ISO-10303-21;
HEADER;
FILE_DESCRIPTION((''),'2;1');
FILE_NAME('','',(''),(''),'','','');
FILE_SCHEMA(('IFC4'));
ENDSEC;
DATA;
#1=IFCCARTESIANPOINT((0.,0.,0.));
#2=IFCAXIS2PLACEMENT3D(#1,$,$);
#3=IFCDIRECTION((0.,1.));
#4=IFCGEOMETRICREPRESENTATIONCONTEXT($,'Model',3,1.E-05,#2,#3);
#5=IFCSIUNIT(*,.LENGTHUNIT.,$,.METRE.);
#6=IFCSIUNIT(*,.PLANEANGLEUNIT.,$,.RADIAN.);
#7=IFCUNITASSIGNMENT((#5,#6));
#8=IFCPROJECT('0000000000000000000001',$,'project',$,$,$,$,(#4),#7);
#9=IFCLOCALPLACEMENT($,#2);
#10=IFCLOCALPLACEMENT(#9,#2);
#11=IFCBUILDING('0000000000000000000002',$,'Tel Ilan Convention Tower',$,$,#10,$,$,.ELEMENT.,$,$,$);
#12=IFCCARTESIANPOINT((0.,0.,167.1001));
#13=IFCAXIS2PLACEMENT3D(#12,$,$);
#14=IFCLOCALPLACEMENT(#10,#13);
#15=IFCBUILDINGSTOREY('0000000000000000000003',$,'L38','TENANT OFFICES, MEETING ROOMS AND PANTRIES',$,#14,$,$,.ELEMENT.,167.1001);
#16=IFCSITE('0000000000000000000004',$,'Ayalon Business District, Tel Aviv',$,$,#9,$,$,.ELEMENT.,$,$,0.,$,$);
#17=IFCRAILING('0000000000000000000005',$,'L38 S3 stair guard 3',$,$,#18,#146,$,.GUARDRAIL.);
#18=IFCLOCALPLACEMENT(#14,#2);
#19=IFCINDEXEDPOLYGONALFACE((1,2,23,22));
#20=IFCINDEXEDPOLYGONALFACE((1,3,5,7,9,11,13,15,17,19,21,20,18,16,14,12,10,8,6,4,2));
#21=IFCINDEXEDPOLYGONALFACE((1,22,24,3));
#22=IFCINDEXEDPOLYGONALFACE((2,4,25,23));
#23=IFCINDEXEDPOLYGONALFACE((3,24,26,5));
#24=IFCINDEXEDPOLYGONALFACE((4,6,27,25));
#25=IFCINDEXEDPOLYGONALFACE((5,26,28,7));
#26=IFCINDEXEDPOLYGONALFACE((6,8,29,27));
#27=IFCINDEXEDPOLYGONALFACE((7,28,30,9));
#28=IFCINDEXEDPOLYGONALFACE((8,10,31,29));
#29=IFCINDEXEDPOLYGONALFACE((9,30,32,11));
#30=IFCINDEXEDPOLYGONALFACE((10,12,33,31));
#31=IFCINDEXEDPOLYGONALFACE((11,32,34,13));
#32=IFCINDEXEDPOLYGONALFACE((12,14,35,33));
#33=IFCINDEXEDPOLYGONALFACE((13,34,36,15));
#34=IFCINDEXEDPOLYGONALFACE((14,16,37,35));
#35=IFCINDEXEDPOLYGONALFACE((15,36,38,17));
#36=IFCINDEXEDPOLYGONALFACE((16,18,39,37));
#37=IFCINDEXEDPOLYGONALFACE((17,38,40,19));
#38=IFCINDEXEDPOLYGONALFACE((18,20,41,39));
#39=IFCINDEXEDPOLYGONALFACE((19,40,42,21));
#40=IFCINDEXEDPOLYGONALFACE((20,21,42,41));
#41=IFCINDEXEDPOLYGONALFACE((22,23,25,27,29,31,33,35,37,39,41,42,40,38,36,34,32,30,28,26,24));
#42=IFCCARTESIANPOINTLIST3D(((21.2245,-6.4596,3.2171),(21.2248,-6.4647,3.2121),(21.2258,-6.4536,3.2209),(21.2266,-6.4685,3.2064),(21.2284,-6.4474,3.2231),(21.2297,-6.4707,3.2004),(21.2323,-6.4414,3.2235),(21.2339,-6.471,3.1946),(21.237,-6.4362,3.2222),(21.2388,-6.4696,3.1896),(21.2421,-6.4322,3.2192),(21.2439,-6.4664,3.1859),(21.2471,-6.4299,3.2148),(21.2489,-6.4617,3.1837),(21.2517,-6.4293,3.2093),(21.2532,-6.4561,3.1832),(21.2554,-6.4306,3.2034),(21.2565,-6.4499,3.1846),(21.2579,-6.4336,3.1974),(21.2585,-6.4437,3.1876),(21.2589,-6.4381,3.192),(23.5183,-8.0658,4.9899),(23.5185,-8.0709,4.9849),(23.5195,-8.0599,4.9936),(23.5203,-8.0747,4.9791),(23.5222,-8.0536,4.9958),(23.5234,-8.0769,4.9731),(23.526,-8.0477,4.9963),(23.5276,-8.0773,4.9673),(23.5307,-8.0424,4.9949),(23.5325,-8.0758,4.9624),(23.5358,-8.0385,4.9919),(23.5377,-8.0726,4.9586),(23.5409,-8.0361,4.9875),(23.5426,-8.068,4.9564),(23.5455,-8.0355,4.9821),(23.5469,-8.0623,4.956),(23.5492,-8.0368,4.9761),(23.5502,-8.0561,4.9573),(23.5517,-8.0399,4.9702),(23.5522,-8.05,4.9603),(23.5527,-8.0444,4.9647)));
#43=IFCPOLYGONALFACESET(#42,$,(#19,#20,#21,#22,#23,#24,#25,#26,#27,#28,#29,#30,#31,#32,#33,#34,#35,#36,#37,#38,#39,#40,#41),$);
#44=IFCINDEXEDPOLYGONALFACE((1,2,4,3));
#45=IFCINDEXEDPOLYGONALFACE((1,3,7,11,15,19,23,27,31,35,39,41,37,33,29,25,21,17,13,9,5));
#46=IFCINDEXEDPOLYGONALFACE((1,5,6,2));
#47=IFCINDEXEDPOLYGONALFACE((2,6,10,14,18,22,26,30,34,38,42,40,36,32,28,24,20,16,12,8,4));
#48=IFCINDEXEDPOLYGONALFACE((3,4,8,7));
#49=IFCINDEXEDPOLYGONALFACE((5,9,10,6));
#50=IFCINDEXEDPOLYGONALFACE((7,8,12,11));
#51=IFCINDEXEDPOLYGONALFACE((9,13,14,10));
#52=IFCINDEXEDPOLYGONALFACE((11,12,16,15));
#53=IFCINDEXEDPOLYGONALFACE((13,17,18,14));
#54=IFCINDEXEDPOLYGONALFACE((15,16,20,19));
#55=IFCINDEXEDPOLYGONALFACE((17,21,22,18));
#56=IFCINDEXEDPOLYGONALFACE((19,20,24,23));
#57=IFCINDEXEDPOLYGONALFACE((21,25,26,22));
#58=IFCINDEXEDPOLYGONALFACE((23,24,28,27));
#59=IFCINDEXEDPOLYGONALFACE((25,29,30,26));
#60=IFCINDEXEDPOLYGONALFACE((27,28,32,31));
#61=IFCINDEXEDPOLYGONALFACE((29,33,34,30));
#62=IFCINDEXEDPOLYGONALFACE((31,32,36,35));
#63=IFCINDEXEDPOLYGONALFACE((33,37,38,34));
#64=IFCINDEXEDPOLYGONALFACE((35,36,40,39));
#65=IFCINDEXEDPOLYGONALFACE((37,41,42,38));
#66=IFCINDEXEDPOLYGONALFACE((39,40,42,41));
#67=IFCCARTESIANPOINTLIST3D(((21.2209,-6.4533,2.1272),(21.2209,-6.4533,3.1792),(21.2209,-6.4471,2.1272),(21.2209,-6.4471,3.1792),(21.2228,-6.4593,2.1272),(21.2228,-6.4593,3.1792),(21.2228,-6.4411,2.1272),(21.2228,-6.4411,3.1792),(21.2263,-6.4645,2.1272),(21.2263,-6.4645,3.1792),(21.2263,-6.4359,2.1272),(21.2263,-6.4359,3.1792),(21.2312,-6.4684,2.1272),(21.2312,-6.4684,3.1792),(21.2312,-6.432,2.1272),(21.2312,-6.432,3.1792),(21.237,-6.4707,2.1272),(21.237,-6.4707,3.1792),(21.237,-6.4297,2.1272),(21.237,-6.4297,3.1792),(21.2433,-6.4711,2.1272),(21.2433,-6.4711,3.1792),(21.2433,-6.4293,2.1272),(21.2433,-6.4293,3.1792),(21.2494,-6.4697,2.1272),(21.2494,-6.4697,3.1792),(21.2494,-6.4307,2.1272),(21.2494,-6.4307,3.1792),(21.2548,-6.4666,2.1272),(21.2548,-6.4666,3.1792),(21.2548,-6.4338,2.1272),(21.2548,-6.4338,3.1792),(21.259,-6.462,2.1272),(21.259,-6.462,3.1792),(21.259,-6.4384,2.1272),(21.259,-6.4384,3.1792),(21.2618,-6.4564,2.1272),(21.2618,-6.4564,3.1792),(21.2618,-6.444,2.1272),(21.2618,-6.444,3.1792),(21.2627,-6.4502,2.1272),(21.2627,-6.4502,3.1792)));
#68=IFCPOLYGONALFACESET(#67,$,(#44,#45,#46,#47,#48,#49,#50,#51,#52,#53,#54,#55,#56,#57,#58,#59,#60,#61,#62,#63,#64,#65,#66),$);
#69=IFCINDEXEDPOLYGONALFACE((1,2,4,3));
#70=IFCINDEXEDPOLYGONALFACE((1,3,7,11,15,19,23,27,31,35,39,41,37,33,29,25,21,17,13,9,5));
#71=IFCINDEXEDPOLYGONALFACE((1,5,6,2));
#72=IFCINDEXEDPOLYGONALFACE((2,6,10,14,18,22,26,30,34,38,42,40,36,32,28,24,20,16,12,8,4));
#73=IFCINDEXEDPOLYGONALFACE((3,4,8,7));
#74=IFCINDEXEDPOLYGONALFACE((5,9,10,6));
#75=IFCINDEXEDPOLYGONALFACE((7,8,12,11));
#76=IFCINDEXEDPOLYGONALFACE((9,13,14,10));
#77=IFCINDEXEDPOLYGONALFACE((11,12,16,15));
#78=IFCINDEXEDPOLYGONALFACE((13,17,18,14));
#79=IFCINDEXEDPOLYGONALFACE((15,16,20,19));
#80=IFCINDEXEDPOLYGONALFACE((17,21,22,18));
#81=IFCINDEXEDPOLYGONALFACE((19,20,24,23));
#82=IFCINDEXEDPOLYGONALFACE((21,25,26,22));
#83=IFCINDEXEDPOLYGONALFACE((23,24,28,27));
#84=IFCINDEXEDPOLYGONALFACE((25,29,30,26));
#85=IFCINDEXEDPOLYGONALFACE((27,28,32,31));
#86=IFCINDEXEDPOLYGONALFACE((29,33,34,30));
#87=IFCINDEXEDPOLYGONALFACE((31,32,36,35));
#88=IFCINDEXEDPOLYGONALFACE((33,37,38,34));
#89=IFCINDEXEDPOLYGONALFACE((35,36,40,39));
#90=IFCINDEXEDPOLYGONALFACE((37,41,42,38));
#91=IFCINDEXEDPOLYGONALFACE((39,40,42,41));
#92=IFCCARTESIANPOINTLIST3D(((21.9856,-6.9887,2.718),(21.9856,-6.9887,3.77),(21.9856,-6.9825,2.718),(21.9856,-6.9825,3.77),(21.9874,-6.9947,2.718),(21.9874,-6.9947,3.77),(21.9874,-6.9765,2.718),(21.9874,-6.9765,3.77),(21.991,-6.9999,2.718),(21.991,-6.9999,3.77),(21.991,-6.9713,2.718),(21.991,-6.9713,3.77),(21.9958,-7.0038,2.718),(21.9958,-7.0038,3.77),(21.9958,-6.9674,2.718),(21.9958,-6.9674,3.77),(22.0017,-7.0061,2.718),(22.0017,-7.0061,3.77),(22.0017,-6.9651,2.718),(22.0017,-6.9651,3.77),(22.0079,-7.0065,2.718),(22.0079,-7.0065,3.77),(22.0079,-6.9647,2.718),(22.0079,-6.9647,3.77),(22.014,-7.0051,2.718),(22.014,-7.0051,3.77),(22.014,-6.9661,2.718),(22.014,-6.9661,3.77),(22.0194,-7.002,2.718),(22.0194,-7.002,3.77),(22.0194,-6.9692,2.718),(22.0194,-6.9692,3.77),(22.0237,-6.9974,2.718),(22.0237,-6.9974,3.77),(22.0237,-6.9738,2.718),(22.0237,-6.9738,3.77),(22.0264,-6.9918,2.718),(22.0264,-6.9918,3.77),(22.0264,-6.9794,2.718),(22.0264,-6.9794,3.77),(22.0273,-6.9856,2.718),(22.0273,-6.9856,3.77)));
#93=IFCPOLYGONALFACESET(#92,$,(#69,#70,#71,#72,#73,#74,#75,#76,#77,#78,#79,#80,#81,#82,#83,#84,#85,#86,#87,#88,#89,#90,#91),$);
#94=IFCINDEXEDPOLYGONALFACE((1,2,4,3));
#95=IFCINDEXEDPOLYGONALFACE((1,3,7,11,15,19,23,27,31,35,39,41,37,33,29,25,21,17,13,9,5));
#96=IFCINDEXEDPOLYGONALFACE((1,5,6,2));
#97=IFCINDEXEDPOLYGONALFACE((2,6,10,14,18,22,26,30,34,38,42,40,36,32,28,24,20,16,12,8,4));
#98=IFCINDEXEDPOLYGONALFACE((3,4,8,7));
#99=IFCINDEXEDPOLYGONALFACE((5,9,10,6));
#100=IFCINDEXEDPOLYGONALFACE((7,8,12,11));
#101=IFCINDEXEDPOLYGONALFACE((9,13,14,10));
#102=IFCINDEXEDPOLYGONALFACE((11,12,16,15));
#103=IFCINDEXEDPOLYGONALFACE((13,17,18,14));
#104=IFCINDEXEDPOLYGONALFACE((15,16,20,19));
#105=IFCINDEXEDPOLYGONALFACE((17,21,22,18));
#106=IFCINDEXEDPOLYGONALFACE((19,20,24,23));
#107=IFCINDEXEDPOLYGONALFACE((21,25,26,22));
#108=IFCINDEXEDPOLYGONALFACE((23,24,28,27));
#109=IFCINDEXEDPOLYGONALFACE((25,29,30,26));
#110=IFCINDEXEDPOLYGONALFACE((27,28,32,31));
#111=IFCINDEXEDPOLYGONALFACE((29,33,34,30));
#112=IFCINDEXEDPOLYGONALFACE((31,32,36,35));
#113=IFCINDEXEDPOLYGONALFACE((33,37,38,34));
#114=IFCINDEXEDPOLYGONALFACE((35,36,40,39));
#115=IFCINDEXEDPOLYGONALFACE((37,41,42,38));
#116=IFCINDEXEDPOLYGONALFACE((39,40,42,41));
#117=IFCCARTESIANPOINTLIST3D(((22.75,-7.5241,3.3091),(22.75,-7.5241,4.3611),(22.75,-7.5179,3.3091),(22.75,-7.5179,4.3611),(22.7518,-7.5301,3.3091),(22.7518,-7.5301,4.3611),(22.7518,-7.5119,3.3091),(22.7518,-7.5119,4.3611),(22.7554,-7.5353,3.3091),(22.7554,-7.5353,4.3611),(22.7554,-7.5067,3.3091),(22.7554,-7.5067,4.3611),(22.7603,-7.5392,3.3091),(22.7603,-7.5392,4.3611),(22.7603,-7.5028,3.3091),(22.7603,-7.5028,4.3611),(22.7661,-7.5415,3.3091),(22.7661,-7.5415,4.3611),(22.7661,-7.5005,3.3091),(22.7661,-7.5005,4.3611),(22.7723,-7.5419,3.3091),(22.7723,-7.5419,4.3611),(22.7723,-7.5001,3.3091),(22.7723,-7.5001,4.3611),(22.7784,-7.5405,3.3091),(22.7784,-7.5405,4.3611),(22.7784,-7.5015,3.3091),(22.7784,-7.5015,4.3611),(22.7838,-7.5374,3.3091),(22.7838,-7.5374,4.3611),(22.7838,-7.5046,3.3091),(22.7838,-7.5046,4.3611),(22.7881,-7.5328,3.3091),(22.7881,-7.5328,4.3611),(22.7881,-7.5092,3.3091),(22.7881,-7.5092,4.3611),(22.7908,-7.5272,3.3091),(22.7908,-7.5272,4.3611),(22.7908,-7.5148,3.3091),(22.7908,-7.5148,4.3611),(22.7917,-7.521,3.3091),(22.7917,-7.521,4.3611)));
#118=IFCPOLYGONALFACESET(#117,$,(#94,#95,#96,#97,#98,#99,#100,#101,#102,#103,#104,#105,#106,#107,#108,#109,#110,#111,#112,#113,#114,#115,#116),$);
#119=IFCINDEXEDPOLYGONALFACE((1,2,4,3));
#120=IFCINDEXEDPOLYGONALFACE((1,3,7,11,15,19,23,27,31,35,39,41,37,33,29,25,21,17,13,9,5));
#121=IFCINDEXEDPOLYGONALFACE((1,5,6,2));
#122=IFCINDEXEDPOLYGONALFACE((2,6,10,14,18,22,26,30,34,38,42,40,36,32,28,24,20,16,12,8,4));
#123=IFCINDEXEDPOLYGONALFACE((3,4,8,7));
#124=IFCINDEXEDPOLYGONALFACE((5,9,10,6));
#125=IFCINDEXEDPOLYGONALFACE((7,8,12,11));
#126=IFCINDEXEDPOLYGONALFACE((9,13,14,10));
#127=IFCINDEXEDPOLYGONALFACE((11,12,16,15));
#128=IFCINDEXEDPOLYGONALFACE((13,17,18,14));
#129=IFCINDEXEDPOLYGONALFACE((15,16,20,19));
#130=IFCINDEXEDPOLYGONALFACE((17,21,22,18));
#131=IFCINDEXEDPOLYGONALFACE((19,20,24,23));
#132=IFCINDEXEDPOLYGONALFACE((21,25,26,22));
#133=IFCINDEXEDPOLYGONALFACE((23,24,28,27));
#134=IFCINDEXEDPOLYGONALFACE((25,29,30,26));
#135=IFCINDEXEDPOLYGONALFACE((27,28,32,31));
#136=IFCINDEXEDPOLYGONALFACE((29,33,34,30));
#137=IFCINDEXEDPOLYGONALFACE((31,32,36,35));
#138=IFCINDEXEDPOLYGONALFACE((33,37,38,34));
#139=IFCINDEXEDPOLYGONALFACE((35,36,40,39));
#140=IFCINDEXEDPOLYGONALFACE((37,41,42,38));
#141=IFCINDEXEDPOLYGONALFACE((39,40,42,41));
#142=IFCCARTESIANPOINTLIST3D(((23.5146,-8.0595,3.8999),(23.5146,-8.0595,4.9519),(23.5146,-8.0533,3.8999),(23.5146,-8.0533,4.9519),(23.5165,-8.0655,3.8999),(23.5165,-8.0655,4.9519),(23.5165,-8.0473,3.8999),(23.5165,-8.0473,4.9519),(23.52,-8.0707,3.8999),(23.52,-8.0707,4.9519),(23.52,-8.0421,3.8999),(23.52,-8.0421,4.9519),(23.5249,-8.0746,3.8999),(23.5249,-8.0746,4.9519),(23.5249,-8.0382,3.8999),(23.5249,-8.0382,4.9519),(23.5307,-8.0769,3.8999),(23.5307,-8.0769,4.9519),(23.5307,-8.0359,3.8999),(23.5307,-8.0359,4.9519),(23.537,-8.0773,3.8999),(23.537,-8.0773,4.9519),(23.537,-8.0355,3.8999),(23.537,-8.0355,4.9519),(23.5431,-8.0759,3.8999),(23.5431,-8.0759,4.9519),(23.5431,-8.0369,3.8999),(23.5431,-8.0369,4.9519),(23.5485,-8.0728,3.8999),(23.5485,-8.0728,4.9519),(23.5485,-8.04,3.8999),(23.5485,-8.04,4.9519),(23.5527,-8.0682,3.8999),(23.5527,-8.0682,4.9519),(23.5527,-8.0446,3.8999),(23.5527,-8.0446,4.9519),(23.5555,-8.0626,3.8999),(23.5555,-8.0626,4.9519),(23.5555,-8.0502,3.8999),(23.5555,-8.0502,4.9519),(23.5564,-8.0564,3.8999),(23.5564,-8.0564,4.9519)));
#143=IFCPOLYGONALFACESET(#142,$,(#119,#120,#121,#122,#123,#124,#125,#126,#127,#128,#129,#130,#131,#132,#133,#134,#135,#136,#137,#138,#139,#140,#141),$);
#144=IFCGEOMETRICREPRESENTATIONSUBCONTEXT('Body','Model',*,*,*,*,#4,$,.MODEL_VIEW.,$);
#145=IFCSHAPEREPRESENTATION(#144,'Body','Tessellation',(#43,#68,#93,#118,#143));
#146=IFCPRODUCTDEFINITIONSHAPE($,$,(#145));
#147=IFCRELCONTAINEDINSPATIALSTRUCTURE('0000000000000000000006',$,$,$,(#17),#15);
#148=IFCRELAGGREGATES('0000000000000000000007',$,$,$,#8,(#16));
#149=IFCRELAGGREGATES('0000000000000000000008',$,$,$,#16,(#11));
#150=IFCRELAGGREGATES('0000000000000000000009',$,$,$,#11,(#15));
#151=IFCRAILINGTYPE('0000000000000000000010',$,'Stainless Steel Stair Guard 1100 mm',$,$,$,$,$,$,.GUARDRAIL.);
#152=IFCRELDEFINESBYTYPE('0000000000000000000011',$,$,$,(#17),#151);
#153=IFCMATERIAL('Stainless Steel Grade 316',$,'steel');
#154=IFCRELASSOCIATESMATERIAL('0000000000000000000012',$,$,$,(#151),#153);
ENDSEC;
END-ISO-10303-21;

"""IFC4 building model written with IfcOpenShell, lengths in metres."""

from ifc_helpers import new_model, si_unit, direction, frame, origin, origin_2d, place, context, subcontext, project, spatial, circle, extrude, material, type_object, element, save


model = new_model("IFC4")

# Units and contexts
model_context = context("Model", 3, precision=1e-05, world=origin(), true_north=direction((0.0, 1.0)))
body_context = subcontext(model_context, "Body", "Model", "MODEL_VIEW")
ifc_project = project(units=[si_unit("LENGTHUNIT", "METRE"), si_unit("PLANEANGLEUNIT", "RADIAN")], contexts=[model_context])

# Site, building, storey
site_placement = place(None, origin())
site = spatial("IfcSite", under=ifc_project, at=site_placement, Name="Ayalon Business District, Tel Aviv", CompositionType="ELEMENT", RefElevation=0.0)
building_placement = place(site_placement, origin())
building = spatial("IfcBuilding", under=site, at=building_placement, Name="Tel Ilan Convention Tower", CompositionType="ELEMENT")
storey_placement = place(building_placement, frame((0.0, 0.0, 167.1001)))
storey = spatial("IfcBuildingStorey", under=building, at=storey_placement, Name="L38", Description="TENANT OFFICES, MEETING ROOMS AND PANTRIES", CompositionType="ELEMENT", Elevation=167.1001)

# Railing
ifc_material_1 = material(Name="Stainless Steel Grade 316", Category="steel")
railing_type_1 = type_object("IfcRailingType", Name="Stainless Steel Stair Guard 1100 mm", PredefinedType="GUARDRAIL", material=ifc_material_1)
railing_1_placement = place(storey_placement, frame((21.2417, -6.4502, 2.1272)))
element("IfcRailing", 1, at=railing_1_placement, inside=storey, type_object=railing_type_1, Name="L38 S3 stair guard 3", PredefinedType="GUARDRAIL", context=body_context, shape_type="SweptSolid", body=[
    extrude(circle(Radius=0.0239, at=origin_2d()), frame((0.0, 0.0, 1.0762), z_axis=(0.692098, -0.484653, 0.534894), x_axis=(0.573609, 0.81913, 0.0)), (0.0, 0.0, 1.0), 3.3142),
    extrude(circle(Radius=0.021, at=origin_2d()), origin(), (0.0, 0.0, 1.0), 1.052),
    extrude(circle(Radius=0.021, at=origin_2d()), frame((0.7646, -0.5354, 0.5908)), (0.0, 0.0, 1.0), 1.052),
    extrude(circle(Radius=0.021, at=origin_2d()), frame((1.5291, -1.0708, 1.1819)), (0.0, 0.0, 1.0), 1.052),
    extrude(circle(Radius=0.021, at=origin_2d()), frame((2.2937, -1.6062, 1.7727)), (0.0, 0.0, 1.0), 1.052),
])

save(model, "model.ifc")
